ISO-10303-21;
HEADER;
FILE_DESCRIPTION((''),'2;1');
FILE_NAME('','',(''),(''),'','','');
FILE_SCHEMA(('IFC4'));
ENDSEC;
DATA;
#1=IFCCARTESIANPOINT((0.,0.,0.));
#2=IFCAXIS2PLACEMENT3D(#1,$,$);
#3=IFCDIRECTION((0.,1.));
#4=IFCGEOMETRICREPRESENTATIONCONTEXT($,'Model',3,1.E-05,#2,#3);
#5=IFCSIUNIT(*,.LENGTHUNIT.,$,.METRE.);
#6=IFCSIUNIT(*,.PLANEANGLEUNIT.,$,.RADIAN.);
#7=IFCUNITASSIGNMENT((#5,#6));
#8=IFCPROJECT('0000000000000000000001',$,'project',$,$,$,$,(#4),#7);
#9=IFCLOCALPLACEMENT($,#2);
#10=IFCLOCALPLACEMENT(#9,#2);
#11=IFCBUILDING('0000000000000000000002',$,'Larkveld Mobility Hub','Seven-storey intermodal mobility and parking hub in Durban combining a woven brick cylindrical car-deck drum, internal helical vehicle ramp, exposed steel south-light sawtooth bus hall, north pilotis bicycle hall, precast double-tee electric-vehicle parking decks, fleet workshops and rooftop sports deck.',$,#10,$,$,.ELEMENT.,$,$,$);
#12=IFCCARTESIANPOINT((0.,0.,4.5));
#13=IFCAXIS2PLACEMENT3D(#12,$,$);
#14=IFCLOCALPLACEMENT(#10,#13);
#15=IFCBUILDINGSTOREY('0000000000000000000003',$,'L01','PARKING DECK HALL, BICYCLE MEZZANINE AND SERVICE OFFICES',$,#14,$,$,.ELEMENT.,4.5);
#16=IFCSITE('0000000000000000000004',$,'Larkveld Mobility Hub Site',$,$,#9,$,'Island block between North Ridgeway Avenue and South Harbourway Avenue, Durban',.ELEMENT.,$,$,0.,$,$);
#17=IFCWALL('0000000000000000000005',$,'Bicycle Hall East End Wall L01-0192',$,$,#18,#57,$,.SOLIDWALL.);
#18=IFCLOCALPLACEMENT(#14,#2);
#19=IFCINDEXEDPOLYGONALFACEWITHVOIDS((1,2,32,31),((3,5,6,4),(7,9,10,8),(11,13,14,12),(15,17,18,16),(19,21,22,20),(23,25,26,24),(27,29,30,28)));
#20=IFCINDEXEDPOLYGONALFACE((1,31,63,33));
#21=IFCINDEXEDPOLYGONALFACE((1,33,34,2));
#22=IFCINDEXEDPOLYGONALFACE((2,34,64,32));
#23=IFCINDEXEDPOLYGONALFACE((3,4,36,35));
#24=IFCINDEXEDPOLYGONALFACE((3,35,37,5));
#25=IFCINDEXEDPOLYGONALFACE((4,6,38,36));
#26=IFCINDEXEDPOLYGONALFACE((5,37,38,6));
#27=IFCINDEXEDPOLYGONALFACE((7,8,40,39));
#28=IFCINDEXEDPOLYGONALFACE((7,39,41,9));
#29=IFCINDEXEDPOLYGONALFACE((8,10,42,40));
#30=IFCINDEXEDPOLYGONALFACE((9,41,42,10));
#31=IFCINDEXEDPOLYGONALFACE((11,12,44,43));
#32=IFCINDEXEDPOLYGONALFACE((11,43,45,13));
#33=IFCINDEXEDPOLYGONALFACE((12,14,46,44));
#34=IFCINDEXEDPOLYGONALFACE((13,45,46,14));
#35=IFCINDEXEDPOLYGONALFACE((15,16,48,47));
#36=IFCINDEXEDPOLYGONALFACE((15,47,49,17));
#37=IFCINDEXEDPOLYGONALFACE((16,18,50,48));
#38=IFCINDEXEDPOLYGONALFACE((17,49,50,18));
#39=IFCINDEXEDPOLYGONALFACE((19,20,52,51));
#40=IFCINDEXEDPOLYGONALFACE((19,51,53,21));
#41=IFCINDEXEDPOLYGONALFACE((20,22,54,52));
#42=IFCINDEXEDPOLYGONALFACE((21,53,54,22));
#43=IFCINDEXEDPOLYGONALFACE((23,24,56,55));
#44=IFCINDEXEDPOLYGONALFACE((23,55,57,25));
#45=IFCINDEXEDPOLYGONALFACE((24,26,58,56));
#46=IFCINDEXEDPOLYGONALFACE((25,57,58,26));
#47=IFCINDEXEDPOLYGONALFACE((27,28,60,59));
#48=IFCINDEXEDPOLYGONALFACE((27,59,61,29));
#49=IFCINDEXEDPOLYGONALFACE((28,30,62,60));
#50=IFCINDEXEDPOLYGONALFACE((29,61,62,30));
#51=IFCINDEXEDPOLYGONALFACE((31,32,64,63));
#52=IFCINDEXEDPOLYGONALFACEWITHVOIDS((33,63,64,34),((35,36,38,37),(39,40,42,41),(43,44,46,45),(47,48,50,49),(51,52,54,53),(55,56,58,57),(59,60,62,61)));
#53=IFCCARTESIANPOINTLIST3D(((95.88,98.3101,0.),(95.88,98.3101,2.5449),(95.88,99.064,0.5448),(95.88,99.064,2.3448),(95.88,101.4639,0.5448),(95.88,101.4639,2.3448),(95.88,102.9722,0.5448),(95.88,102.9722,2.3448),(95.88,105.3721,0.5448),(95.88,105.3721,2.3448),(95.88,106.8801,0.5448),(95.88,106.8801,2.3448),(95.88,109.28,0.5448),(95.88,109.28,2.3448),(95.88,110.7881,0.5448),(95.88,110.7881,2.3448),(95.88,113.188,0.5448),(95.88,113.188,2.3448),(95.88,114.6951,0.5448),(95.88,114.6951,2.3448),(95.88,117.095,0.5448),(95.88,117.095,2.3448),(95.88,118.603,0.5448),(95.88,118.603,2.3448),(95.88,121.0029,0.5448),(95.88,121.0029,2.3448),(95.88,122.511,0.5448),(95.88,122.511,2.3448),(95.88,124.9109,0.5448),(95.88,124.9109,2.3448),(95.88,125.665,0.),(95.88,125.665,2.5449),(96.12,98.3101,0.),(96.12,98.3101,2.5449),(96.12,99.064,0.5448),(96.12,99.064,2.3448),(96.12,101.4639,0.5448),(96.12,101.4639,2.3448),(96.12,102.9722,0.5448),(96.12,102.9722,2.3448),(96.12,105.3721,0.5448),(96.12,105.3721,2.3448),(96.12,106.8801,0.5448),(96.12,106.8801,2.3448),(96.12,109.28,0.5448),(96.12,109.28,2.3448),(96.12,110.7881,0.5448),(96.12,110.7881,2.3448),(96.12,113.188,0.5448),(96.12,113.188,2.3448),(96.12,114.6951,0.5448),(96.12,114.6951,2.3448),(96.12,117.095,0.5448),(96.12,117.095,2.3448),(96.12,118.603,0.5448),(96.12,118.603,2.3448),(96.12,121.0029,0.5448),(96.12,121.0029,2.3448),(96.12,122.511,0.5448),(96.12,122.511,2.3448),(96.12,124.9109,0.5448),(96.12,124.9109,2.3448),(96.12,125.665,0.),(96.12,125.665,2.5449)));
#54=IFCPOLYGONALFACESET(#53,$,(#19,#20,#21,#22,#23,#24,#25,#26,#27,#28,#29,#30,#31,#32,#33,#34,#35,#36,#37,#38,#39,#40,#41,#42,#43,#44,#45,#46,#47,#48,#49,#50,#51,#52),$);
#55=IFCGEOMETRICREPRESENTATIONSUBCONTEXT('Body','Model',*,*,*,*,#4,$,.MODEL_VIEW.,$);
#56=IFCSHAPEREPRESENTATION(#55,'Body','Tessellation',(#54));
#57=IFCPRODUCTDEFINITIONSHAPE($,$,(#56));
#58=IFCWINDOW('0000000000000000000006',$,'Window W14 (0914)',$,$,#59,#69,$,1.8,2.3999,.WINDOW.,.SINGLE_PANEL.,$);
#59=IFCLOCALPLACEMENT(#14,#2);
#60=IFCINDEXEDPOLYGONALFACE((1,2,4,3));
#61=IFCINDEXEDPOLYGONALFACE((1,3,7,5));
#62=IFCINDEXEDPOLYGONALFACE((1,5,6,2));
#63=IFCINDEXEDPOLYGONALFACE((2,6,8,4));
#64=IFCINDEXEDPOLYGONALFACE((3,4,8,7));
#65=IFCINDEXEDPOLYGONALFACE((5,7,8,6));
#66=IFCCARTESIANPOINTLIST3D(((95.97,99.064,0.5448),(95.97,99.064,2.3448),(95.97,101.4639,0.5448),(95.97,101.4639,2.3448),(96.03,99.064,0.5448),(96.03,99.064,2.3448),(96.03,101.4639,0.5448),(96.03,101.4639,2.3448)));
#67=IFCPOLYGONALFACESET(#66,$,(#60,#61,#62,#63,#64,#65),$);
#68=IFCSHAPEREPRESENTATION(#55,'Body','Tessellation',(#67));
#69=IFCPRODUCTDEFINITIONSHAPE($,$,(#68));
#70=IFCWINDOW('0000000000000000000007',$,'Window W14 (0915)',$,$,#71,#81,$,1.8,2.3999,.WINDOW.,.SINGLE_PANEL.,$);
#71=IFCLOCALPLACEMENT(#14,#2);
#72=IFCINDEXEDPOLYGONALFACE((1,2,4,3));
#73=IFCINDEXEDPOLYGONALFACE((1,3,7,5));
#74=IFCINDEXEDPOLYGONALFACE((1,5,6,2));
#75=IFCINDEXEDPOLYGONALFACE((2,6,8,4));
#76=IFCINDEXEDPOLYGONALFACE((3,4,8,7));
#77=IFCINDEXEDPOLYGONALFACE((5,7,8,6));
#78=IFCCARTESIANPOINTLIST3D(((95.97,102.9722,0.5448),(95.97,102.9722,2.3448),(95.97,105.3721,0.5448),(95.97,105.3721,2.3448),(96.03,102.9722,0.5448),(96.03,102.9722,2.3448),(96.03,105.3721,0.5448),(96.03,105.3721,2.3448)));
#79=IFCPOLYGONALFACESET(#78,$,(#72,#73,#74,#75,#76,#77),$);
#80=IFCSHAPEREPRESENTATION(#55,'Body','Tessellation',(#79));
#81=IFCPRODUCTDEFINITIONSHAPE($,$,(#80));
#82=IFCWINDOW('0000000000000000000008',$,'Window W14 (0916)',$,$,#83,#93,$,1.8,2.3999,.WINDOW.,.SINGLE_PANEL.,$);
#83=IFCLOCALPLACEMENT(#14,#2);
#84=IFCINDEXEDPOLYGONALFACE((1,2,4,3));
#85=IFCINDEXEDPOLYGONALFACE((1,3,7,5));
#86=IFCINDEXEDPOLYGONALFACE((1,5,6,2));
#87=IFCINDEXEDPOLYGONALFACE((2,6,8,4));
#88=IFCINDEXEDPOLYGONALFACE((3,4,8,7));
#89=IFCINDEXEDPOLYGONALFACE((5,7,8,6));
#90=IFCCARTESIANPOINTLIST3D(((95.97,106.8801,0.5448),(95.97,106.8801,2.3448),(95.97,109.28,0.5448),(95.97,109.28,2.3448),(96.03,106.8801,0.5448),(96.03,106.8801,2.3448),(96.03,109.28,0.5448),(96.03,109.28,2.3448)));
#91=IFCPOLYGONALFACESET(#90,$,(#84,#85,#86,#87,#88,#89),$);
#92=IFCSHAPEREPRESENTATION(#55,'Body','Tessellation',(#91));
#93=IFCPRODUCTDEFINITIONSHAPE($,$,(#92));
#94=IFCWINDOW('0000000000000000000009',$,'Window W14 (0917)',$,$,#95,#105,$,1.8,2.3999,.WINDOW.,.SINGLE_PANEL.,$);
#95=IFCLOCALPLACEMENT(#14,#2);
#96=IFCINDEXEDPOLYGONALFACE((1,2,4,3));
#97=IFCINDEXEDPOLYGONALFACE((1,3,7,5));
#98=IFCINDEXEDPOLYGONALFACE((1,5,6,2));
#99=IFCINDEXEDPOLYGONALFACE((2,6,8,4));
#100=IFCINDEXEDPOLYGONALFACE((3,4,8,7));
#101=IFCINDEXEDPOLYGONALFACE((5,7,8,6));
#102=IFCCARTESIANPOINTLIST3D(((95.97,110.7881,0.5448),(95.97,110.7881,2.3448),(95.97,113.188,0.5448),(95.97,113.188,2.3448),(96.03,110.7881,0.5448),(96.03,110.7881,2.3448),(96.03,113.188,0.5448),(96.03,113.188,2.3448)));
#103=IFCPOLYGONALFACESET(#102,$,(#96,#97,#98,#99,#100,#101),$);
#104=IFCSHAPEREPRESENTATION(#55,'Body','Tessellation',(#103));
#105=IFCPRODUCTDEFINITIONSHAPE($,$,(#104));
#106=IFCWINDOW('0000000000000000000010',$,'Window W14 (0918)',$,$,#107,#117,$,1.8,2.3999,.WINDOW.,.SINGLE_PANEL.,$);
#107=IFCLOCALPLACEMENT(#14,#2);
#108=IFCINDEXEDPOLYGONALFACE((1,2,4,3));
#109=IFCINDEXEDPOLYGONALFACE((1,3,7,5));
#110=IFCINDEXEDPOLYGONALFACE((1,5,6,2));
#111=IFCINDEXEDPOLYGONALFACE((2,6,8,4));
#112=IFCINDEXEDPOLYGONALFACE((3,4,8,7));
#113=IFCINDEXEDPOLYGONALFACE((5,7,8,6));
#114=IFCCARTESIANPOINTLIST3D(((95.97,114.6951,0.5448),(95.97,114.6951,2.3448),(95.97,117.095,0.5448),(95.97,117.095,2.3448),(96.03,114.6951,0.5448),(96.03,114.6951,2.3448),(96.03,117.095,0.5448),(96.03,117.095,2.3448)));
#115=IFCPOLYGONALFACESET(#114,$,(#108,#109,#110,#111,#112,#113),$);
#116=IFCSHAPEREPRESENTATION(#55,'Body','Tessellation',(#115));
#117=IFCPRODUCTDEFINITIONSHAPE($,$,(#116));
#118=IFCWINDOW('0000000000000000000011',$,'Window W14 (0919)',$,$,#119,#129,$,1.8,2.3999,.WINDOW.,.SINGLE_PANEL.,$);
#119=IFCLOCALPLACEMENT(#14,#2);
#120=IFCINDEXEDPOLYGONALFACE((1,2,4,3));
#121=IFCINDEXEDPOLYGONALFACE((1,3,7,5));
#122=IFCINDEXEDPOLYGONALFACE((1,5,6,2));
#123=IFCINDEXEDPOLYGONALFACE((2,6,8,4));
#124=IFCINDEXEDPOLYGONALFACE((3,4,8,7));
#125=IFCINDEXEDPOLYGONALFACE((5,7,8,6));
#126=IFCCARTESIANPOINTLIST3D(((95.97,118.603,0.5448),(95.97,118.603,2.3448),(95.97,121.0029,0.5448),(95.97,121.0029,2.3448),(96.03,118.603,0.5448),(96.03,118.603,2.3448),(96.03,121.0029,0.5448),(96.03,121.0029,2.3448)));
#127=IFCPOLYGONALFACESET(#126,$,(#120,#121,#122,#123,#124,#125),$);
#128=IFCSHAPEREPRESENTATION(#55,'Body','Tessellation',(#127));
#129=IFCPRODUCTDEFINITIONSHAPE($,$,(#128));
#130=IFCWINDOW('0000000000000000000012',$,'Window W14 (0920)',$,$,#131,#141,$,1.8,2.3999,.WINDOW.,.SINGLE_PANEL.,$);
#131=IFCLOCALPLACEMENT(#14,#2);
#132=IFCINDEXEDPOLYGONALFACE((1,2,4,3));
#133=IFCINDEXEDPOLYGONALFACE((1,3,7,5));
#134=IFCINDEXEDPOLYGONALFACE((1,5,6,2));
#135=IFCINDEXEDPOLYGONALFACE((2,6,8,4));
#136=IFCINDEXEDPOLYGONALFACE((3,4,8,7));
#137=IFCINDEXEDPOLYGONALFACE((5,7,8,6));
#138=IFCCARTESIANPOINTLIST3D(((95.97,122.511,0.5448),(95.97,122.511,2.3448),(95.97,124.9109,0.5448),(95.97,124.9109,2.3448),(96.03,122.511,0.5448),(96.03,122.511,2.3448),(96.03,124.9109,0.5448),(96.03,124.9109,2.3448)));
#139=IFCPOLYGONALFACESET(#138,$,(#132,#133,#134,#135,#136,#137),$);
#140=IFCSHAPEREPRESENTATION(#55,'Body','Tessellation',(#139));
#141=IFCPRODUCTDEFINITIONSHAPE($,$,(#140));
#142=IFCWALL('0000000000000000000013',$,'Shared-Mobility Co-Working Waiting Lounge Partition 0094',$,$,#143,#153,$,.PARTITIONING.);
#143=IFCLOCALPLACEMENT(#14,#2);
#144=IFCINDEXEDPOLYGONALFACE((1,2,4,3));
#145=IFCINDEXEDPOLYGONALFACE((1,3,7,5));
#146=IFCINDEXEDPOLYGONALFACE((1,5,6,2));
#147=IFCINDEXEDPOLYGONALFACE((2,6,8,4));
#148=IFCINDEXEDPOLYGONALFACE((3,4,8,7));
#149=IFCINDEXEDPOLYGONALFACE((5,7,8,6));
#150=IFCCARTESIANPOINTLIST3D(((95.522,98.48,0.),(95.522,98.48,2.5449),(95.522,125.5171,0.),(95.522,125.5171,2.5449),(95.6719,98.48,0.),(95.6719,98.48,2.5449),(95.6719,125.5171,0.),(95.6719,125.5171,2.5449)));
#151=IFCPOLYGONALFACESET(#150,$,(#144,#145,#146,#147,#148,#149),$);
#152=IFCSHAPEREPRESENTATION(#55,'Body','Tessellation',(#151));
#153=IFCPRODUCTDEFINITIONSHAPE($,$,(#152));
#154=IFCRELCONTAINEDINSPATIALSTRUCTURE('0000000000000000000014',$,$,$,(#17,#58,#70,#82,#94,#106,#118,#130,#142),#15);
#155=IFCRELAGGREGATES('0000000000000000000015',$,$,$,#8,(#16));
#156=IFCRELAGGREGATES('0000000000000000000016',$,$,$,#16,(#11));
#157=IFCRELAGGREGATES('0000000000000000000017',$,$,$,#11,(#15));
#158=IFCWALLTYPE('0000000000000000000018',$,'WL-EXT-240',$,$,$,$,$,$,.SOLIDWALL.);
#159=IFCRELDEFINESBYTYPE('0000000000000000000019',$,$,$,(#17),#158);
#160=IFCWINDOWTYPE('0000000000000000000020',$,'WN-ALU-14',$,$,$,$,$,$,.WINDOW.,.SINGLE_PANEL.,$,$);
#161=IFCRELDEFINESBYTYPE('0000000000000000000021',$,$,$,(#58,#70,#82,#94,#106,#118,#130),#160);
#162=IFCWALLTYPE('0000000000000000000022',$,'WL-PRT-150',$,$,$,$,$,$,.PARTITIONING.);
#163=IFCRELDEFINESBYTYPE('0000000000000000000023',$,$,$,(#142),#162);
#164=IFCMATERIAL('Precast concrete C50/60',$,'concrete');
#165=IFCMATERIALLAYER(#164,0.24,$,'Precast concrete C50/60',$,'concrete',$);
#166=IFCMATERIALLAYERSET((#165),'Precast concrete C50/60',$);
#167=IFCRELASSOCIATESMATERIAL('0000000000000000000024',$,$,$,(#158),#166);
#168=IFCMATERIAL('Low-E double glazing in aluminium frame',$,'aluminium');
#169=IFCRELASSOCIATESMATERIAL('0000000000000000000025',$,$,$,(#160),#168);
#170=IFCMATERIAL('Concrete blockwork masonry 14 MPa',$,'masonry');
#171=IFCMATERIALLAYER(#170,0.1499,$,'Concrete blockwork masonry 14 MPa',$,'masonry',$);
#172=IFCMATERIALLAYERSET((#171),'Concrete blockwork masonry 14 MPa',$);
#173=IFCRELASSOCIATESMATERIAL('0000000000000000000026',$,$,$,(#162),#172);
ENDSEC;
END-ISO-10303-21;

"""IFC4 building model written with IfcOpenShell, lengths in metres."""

from ifc_helpers import new_model, si_unit, direction, frame, frame_2d, origin, place, context, subcontext, project, spatial, rectangle, extrude, material, layer, layer_set, type_object, element, fill, save


model = new_model("IFC4")

# Units and contexts
model_context = context("Model", 3, precision=1e-05, world=origin(), true_north=direction((0.0, 1.0)))
body_context = subcontext(model_context, "Body", "Model", "MODEL_VIEW")
ifc_project = project(units=[si_unit("LENGTHUNIT", "METRE"), si_unit("PLANEANGLEUNIT", "RADIAN")], contexts=[model_context])

# Site, building, storey
site_placement = place(None, origin())
site = spatial("IfcSite", under=ifc_project, at=site_placement, Name="Larkveld Mobility Hub Site", LongName="Island block between North Ridgeway Avenue and South Harbourway Avenue, Durban", CompositionType="ELEMENT", RefElevation=0.0)
building_placement = place(site_placement, origin())
building = spatial("IfcBuilding", under=site, at=building_placement, Name="Larkveld Mobility Hub", Description="Seven-storey intermodal mobility and parking hub in Durban combining a woven brick cylindrical car-deck drum, internal helical vehicle ramp, exposed steel south-light sawtooth bus hall, north pilotis bicycle hall, precast double-tee electric-vehicle parking decks, fleet workshops and rooftop sports deck.", CompositionType="ELEMENT")
storey_placement = place(building_placement, frame((0.0, 0.0, 4.5)))
storey = spatial("IfcBuildingStorey", under=building, at=storey_placement, Name="L01", Description="PARKING DECK HALL, BICYCLE MEZZANINE AND SERVICE OFFICES", CompositionType="ELEMENT", Elevation=4.5)

# Wall, openings, windows
ifc_material_1 = material(Name="Precast concrete C50/60", Category="concrete")
ifc_layer_1 = layer(ifc_material_1, 0.24, Name="Precast concrete C50/60", Category="concrete")
ifc_layer_set_1 = layer_set([ifc_layer_1], Name="Precast concrete C50/60")
wall_type_1 = type_object("IfcWallType", Name="WL-EXT-240", PredefinedType="SOLIDWALL", material=ifc_layer_set_1)
wall_1_placement = place(storey_placement, frame((96.0, 98.3101, 0.0), z_axis=(0.0, 0.0, 1.0), x_axis=(0.0, 1.0, 0.0)))
wall_1 = element("IfcWall", 1, at=wall_1_placement, inside=storey, type_object=wall_type_1, Name="Bicycle Hall East End Wall L01-0192", PredefinedType="SOLIDWALL", context=body_context, shape_type="SweptSolid", body=[
    extrude(rectangle(XDim=27.355, YDim=0.24, at=frame_2d((13.6775, 0.0))), origin(), (0.0, 0.0, 1.0), 2.5449),
])
opening_1_placement = place(wall_1_placement, frame((0.7539, 0.0, 0.5449)))
opening_1 = element("IfcOpeningElement", 2, at=opening_1_placement, cuts=wall_1, PredefinedType="OPENING", context=body_context, shape_type="SweptSolid", body=[
    extrude(rectangle(XDim=2.3999, YDim=1.8, at=frame_2d((1.2, 0.8999))), frame((0.0, 0.1299, 0.0), z_axis=(0.0, -1.0, 0.0), x_axis=(1.0, 0.0, 0.0)), (0.0, 0.0, 1.0), 0.26),
])
opening_2_placement = place(wall_1_placement, frame((4.6621, 0.0, 0.5449)))
opening_2 = element("IfcOpeningElement", 3, at=opening_2_placement, cuts=wall_1, PredefinedType="OPENING", context=body_context, shape_type="SweptSolid", body=[
    extrude(rectangle(XDim=2.3999, YDim=1.8, at=frame_2d((1.2, 0.8999))), frame((0.0, 0.1299, 0.0), z_axis=(0.0, -1.0, 0.0), x_axis=(1.0, 0.0, 0.0)), (0.0, 0.0, 1.0), 0.26),
])
opening_3_placement = place(wall_1_placement, frame((8.5701, 0.0, 0.5449)))
opening_3 = element("IfcOpeningElement", 4, at=opening_3_placement, cuts=wall_1, PredefinedType="OPENING", context=body_context, shape_type="SweptSolid", body=[
    extrude(rectangle(XDim=2.3999, YDim=1.8, at=frame_2d((1.2, 0.8999))), frame((0.0, 0.1299, 0.0), z_axis=(0.0, -1.0, 0.0), x_axis=(1.0, 0.0, 0.0)), (0.0, 0.0, 1.0), 0.26),
])
opening_4_placement = place(wall_1_placement, frame((12.478, 0.0, 0.5449)))
opening_4 = element("IfcOpeningElement", 5, at=opening_4_placement, cuts=wall_1, PredefinedType="OPENING", context=body_context, shape_type="SweptSolid", body=[
    extrude(rectangle(XDim=2.3999, YDim=1.8, at=frame_2d((1.2, 0.8999))), frame((0.0, 0.1299, 0.0), z_axis=(0.0, -1.0, 0.0), x_axis=(1.0, 0.0, 0.0)), (0.0, 0.0, 1.0), 0.26),
])
opening_5_placement = place(wall_1_placement, frame((16.385, 0.0, 0.5449)))
opening_5 = element("IfcOpeningElement", 6, at=opening_5_placement, cuts=wall_1, PredefinedType="OPENING", context=body_context, shape_type="SweptSolid", body=[
    extrude(rectangle(XDim=2.3999, YDim=1.8, at=frame_2d((1.2, 0.8999))), frame((0.0, 0.1299, 0.0), z_axis=(0.0, -1.0, 0.0), x_axis=(1.0, 0.0, 0.0)), (0.0, 0.0, 1.0), 0.26),
])
opening_6_placement = place(wall_1_placement, frame((20.293, 0.0, 0.5449)))
opening_6 = element("IfcOpeningElement", 7, at=opening_6_placement, cuts=wall_1, PredefinedType="OPENING", context=body_context, shape_type="SweptSolid", body=[
    extrude(rectangle(XDim=2.3999, YDim=1.8, at=frame_2d((1.2, 0.8999))), frame((0.0, 0.1299, 0.0), z_axis=(0.0, -1.0, 0.0), x_axis=(1.0, 0.0, 0.0)), (0.0, 0.0, 1.0), 0.26),
])
opening_7_placement = place(wall_1_placement, frame((24.2009, 0.0, 0.5449)))
opening_7 = element("IfcOpeningElement", 8, at=opening_7_placement, cuts=wall_1, PredefinedType="OPENING", context=body_context, shape_type="SweptSolid", body=[
    extrude(rectangle(XDim=2.3999, YDim=1.8, at=frame_2d((1.2, 0.8999))), frame((0.0, 0.1299, 0.0), z_axis=(0.0, -1.0, 0.0), x_axis=(1.0, 0.0, 0.0)), (0.0, 0.0, 1.0), 0.26),
])
ifc_material_2 = material(Name="Low-E double glazing in aluminium frame", Category="aluminium")
window_type = type_object("IfcWindowType", Name="WN-ALU-14", PartitioningType="SINGLE_PANEL", PredefinedType="WINDOW", material=ifc_material_2)
window_1_placement = place(opening_1_placement, origin())
window_1 = element("IfcWindow", 9, at=window_1_placement, inside=storey, type_object=window_type, Name="Window W14 (0914)", OverallHeight=1.8, OverallWidth=2.3999, PartitioningType="SINGLE_PANEL", PredefinedType="WINDOW", context=body_context, shape_type="SweptSolid", body=[
    extrude(rectangle(XDim=2.3999, YDim=1.8, at=frame_2d((1.2, 0.8999))), frame((0.0, 0.03, 0.0), z_axis=(0.0, -1.0, 0.0), x_axis=(1.0, 0.0, 0.0)), (0.0, 0.0, 1.0), 0.0601),
])
fill(opening_1, window_1)
window_2_placement = place(opening_2_placement, origin())
window_2 = element("IfcWindow", 10, at=window_2_placement, inside=storey, type_object=window_type, Name="Window W14 (0915)", OverallHeight=1.8, OverallWidth=2.3999, PartitioningType="SINGLE_PANEL", PredefinedType="WINDOW", context=body_context, shape_type="SweptSolid", body=[
    extrude(rectangle(XDim=2.3999, YDim=1.8, at=frame_2d((1.2, 0.8999))), frame((0.0, 0.03, 0.0), z_axis=(0.0, -1.0, 0.0), x_axis=(1.0, 0.0, 0.0)), (0.0, 0.0, 1.0), 0.0601),
])
fill(opening_2, window_2)
window_3_placement = place(opening_3_placement, origin())
window_3 = element("IfcWindow", 11, at=window_3_placement, inside=storey, type_object=window_type, Name="Window W14 (0916)", OverallHeight=1.8, OverallWidth=2.3999, PartitioningType="SINGLE_PANEL", PredefinedType="WINDOW", context=body_context, shape_type="SweptSolid", body=[
    extrude(rectangle(XDim=2.3999, YDim=1.8, at=frame_2d((1.2, 0.8999))), frame((0.0, 0.03, 0.0), z_axis=(0.0, -1.0, 0.0), x_axis=(1.0, 0.0, 0.0)), (0.0, 0.0, 1.0), 0.0601),
])
fill(opening_3, window_3)
window_4_placement = place(opening_4_placement, origin())
window_4 = element("IfcWindow", 12, at=window_4_placement, inside=storey, type_object=window_type, Name="Window W14 (0917)", OverallHeight=1.8, OverallWidth=2.3999, PartitioningType="SINGLE_PANEL", PredefinedType="WINDOW", context=body_context, shape_type="SweptSolid", body=[
    extrude(rectangle(XDim=2.3999, YDim=1.8, at=frame_2d((1.2, 0.8999))), frame((0.0, 0.03, 0.0), z_axis=(0.0, -1.0, 0.0), x_axis=(1.0, 0.0, 0.0)), (0.0, 0.0, 1.0), 0.0601),
])
fill(opening_4, window_4)
window_5_placement = place(opening_5_placement, origin())
window_5 = element("IfcWindow", 13, at=window_5_placement, inside=storey, type_object=window_type, Name="Window W14 (0918)", OverallHeight=1.8, OverallWidth=2.3999, PartitioningType="SINGLE_PANEL", PredefinedType="WINDOW", context=body_context, shape_type="SweptSolid", body=[
    extrude(rectangle(XDim=2.3999, YDim=1.8, at=frame_2d((1.2, 0.8999))), frame((0.0, 0.03, 0.0), z_axis=(0.0, -1.0, 0.0), x_axis=(1.0, 0.0, 0.0)), (0.0, 0.0, 1.0), 0.0601),
])
fill(opening_5, window_5)
window_6_placement = place(opening_6_placement, origin())
window_6 = element("IfcWindow", 14, at=window_6_placement, inside=storey, type_object=window_type, Name="Window W14 (0919)", OverallHeight=1.8, OverallWidth=2.3999, PartitioningType="SINGLE_PANEL", PredefinedType="WINDOW", context=body_context, shape_type="SweptSolid", body=[
    extrude(rectangle(XDim=2.3999, YDim=1.8, at=frame_2d((1.2, 0.8999))), frame((0.0, 0.03, 0.0), z_axis=(0.0, -1.0, 0.0), x_axis=(1.0, 0.0, 0.0)), (0.0, 0.0, 1.0), 0.0601),
])
fill(opening_6, window_6)
window_7_placement = place(opening_7_placement, origin())
window_7 = element("IfcWindow", 15, at=window_7_placement, inside=storey, type_object=window_type, Name="Window W14 (0920)", OverallHeight=1.8, OverallWidth=2.3999, PartitioningType="SINGLE_PANEL", PredefinedType="WINDOW", context=body_context, shape_type="SweptSolid", body=[
    extrude(rectangle(XDim=2.3999, YDim=1.8, at=frame_2d((1.2, 0.8999))), frame((0.0, 0.03, 0.0), z_axis=(0.0, -1.0, 0.0), x_axis=(1.0, 0.0, 0.0)), (0.0, 0.0, 1.0), 0.0601),
])
fill(opening_7, window_7)

# Wall
ifc_material_3 = material(Name="Concrete blockwork masonry 14 MPa", Category="masonry")
ifc_layer_2 = layer(ifc_material_3, 0.1499, Name="Concrete blockwork masonry 14 MPa", Category="masonry")
ifc_layer_set_2 = layer_set([ifc_layer_2], Name="Concrete blockwork masonry 14 MPa")
wall_type_2 = type_object("IfcWallType", Name="WL-PRT-150", PredefinedType="PARTITIONING", material=ifc_layer_set_2)
wall_2_placement = place(storey_placement, frame((95.5969, 98.48, 0.0), z_axis=(0.0, 0.0, 1.0), x_axis=(0.0, 1.0, 0.0)))
element("IfcWall", 16, at=wall_2_placement, inside=storey, type_object=wall_type_2, Name="Shared-Mobility Co-Working Waiting Lounge Partition 0094", PredefinedType="PARTITIONING", context=body_context, shape_type="SweptSolid", body=[
    extrude(rectangle(XDim=27.0371, YDim=0.1499, at=frame_2d((13.5186, 0.0))), origin(), (0.0, 0.0, 1.0), 2.5449),
])

save(model, "model.ifc")
